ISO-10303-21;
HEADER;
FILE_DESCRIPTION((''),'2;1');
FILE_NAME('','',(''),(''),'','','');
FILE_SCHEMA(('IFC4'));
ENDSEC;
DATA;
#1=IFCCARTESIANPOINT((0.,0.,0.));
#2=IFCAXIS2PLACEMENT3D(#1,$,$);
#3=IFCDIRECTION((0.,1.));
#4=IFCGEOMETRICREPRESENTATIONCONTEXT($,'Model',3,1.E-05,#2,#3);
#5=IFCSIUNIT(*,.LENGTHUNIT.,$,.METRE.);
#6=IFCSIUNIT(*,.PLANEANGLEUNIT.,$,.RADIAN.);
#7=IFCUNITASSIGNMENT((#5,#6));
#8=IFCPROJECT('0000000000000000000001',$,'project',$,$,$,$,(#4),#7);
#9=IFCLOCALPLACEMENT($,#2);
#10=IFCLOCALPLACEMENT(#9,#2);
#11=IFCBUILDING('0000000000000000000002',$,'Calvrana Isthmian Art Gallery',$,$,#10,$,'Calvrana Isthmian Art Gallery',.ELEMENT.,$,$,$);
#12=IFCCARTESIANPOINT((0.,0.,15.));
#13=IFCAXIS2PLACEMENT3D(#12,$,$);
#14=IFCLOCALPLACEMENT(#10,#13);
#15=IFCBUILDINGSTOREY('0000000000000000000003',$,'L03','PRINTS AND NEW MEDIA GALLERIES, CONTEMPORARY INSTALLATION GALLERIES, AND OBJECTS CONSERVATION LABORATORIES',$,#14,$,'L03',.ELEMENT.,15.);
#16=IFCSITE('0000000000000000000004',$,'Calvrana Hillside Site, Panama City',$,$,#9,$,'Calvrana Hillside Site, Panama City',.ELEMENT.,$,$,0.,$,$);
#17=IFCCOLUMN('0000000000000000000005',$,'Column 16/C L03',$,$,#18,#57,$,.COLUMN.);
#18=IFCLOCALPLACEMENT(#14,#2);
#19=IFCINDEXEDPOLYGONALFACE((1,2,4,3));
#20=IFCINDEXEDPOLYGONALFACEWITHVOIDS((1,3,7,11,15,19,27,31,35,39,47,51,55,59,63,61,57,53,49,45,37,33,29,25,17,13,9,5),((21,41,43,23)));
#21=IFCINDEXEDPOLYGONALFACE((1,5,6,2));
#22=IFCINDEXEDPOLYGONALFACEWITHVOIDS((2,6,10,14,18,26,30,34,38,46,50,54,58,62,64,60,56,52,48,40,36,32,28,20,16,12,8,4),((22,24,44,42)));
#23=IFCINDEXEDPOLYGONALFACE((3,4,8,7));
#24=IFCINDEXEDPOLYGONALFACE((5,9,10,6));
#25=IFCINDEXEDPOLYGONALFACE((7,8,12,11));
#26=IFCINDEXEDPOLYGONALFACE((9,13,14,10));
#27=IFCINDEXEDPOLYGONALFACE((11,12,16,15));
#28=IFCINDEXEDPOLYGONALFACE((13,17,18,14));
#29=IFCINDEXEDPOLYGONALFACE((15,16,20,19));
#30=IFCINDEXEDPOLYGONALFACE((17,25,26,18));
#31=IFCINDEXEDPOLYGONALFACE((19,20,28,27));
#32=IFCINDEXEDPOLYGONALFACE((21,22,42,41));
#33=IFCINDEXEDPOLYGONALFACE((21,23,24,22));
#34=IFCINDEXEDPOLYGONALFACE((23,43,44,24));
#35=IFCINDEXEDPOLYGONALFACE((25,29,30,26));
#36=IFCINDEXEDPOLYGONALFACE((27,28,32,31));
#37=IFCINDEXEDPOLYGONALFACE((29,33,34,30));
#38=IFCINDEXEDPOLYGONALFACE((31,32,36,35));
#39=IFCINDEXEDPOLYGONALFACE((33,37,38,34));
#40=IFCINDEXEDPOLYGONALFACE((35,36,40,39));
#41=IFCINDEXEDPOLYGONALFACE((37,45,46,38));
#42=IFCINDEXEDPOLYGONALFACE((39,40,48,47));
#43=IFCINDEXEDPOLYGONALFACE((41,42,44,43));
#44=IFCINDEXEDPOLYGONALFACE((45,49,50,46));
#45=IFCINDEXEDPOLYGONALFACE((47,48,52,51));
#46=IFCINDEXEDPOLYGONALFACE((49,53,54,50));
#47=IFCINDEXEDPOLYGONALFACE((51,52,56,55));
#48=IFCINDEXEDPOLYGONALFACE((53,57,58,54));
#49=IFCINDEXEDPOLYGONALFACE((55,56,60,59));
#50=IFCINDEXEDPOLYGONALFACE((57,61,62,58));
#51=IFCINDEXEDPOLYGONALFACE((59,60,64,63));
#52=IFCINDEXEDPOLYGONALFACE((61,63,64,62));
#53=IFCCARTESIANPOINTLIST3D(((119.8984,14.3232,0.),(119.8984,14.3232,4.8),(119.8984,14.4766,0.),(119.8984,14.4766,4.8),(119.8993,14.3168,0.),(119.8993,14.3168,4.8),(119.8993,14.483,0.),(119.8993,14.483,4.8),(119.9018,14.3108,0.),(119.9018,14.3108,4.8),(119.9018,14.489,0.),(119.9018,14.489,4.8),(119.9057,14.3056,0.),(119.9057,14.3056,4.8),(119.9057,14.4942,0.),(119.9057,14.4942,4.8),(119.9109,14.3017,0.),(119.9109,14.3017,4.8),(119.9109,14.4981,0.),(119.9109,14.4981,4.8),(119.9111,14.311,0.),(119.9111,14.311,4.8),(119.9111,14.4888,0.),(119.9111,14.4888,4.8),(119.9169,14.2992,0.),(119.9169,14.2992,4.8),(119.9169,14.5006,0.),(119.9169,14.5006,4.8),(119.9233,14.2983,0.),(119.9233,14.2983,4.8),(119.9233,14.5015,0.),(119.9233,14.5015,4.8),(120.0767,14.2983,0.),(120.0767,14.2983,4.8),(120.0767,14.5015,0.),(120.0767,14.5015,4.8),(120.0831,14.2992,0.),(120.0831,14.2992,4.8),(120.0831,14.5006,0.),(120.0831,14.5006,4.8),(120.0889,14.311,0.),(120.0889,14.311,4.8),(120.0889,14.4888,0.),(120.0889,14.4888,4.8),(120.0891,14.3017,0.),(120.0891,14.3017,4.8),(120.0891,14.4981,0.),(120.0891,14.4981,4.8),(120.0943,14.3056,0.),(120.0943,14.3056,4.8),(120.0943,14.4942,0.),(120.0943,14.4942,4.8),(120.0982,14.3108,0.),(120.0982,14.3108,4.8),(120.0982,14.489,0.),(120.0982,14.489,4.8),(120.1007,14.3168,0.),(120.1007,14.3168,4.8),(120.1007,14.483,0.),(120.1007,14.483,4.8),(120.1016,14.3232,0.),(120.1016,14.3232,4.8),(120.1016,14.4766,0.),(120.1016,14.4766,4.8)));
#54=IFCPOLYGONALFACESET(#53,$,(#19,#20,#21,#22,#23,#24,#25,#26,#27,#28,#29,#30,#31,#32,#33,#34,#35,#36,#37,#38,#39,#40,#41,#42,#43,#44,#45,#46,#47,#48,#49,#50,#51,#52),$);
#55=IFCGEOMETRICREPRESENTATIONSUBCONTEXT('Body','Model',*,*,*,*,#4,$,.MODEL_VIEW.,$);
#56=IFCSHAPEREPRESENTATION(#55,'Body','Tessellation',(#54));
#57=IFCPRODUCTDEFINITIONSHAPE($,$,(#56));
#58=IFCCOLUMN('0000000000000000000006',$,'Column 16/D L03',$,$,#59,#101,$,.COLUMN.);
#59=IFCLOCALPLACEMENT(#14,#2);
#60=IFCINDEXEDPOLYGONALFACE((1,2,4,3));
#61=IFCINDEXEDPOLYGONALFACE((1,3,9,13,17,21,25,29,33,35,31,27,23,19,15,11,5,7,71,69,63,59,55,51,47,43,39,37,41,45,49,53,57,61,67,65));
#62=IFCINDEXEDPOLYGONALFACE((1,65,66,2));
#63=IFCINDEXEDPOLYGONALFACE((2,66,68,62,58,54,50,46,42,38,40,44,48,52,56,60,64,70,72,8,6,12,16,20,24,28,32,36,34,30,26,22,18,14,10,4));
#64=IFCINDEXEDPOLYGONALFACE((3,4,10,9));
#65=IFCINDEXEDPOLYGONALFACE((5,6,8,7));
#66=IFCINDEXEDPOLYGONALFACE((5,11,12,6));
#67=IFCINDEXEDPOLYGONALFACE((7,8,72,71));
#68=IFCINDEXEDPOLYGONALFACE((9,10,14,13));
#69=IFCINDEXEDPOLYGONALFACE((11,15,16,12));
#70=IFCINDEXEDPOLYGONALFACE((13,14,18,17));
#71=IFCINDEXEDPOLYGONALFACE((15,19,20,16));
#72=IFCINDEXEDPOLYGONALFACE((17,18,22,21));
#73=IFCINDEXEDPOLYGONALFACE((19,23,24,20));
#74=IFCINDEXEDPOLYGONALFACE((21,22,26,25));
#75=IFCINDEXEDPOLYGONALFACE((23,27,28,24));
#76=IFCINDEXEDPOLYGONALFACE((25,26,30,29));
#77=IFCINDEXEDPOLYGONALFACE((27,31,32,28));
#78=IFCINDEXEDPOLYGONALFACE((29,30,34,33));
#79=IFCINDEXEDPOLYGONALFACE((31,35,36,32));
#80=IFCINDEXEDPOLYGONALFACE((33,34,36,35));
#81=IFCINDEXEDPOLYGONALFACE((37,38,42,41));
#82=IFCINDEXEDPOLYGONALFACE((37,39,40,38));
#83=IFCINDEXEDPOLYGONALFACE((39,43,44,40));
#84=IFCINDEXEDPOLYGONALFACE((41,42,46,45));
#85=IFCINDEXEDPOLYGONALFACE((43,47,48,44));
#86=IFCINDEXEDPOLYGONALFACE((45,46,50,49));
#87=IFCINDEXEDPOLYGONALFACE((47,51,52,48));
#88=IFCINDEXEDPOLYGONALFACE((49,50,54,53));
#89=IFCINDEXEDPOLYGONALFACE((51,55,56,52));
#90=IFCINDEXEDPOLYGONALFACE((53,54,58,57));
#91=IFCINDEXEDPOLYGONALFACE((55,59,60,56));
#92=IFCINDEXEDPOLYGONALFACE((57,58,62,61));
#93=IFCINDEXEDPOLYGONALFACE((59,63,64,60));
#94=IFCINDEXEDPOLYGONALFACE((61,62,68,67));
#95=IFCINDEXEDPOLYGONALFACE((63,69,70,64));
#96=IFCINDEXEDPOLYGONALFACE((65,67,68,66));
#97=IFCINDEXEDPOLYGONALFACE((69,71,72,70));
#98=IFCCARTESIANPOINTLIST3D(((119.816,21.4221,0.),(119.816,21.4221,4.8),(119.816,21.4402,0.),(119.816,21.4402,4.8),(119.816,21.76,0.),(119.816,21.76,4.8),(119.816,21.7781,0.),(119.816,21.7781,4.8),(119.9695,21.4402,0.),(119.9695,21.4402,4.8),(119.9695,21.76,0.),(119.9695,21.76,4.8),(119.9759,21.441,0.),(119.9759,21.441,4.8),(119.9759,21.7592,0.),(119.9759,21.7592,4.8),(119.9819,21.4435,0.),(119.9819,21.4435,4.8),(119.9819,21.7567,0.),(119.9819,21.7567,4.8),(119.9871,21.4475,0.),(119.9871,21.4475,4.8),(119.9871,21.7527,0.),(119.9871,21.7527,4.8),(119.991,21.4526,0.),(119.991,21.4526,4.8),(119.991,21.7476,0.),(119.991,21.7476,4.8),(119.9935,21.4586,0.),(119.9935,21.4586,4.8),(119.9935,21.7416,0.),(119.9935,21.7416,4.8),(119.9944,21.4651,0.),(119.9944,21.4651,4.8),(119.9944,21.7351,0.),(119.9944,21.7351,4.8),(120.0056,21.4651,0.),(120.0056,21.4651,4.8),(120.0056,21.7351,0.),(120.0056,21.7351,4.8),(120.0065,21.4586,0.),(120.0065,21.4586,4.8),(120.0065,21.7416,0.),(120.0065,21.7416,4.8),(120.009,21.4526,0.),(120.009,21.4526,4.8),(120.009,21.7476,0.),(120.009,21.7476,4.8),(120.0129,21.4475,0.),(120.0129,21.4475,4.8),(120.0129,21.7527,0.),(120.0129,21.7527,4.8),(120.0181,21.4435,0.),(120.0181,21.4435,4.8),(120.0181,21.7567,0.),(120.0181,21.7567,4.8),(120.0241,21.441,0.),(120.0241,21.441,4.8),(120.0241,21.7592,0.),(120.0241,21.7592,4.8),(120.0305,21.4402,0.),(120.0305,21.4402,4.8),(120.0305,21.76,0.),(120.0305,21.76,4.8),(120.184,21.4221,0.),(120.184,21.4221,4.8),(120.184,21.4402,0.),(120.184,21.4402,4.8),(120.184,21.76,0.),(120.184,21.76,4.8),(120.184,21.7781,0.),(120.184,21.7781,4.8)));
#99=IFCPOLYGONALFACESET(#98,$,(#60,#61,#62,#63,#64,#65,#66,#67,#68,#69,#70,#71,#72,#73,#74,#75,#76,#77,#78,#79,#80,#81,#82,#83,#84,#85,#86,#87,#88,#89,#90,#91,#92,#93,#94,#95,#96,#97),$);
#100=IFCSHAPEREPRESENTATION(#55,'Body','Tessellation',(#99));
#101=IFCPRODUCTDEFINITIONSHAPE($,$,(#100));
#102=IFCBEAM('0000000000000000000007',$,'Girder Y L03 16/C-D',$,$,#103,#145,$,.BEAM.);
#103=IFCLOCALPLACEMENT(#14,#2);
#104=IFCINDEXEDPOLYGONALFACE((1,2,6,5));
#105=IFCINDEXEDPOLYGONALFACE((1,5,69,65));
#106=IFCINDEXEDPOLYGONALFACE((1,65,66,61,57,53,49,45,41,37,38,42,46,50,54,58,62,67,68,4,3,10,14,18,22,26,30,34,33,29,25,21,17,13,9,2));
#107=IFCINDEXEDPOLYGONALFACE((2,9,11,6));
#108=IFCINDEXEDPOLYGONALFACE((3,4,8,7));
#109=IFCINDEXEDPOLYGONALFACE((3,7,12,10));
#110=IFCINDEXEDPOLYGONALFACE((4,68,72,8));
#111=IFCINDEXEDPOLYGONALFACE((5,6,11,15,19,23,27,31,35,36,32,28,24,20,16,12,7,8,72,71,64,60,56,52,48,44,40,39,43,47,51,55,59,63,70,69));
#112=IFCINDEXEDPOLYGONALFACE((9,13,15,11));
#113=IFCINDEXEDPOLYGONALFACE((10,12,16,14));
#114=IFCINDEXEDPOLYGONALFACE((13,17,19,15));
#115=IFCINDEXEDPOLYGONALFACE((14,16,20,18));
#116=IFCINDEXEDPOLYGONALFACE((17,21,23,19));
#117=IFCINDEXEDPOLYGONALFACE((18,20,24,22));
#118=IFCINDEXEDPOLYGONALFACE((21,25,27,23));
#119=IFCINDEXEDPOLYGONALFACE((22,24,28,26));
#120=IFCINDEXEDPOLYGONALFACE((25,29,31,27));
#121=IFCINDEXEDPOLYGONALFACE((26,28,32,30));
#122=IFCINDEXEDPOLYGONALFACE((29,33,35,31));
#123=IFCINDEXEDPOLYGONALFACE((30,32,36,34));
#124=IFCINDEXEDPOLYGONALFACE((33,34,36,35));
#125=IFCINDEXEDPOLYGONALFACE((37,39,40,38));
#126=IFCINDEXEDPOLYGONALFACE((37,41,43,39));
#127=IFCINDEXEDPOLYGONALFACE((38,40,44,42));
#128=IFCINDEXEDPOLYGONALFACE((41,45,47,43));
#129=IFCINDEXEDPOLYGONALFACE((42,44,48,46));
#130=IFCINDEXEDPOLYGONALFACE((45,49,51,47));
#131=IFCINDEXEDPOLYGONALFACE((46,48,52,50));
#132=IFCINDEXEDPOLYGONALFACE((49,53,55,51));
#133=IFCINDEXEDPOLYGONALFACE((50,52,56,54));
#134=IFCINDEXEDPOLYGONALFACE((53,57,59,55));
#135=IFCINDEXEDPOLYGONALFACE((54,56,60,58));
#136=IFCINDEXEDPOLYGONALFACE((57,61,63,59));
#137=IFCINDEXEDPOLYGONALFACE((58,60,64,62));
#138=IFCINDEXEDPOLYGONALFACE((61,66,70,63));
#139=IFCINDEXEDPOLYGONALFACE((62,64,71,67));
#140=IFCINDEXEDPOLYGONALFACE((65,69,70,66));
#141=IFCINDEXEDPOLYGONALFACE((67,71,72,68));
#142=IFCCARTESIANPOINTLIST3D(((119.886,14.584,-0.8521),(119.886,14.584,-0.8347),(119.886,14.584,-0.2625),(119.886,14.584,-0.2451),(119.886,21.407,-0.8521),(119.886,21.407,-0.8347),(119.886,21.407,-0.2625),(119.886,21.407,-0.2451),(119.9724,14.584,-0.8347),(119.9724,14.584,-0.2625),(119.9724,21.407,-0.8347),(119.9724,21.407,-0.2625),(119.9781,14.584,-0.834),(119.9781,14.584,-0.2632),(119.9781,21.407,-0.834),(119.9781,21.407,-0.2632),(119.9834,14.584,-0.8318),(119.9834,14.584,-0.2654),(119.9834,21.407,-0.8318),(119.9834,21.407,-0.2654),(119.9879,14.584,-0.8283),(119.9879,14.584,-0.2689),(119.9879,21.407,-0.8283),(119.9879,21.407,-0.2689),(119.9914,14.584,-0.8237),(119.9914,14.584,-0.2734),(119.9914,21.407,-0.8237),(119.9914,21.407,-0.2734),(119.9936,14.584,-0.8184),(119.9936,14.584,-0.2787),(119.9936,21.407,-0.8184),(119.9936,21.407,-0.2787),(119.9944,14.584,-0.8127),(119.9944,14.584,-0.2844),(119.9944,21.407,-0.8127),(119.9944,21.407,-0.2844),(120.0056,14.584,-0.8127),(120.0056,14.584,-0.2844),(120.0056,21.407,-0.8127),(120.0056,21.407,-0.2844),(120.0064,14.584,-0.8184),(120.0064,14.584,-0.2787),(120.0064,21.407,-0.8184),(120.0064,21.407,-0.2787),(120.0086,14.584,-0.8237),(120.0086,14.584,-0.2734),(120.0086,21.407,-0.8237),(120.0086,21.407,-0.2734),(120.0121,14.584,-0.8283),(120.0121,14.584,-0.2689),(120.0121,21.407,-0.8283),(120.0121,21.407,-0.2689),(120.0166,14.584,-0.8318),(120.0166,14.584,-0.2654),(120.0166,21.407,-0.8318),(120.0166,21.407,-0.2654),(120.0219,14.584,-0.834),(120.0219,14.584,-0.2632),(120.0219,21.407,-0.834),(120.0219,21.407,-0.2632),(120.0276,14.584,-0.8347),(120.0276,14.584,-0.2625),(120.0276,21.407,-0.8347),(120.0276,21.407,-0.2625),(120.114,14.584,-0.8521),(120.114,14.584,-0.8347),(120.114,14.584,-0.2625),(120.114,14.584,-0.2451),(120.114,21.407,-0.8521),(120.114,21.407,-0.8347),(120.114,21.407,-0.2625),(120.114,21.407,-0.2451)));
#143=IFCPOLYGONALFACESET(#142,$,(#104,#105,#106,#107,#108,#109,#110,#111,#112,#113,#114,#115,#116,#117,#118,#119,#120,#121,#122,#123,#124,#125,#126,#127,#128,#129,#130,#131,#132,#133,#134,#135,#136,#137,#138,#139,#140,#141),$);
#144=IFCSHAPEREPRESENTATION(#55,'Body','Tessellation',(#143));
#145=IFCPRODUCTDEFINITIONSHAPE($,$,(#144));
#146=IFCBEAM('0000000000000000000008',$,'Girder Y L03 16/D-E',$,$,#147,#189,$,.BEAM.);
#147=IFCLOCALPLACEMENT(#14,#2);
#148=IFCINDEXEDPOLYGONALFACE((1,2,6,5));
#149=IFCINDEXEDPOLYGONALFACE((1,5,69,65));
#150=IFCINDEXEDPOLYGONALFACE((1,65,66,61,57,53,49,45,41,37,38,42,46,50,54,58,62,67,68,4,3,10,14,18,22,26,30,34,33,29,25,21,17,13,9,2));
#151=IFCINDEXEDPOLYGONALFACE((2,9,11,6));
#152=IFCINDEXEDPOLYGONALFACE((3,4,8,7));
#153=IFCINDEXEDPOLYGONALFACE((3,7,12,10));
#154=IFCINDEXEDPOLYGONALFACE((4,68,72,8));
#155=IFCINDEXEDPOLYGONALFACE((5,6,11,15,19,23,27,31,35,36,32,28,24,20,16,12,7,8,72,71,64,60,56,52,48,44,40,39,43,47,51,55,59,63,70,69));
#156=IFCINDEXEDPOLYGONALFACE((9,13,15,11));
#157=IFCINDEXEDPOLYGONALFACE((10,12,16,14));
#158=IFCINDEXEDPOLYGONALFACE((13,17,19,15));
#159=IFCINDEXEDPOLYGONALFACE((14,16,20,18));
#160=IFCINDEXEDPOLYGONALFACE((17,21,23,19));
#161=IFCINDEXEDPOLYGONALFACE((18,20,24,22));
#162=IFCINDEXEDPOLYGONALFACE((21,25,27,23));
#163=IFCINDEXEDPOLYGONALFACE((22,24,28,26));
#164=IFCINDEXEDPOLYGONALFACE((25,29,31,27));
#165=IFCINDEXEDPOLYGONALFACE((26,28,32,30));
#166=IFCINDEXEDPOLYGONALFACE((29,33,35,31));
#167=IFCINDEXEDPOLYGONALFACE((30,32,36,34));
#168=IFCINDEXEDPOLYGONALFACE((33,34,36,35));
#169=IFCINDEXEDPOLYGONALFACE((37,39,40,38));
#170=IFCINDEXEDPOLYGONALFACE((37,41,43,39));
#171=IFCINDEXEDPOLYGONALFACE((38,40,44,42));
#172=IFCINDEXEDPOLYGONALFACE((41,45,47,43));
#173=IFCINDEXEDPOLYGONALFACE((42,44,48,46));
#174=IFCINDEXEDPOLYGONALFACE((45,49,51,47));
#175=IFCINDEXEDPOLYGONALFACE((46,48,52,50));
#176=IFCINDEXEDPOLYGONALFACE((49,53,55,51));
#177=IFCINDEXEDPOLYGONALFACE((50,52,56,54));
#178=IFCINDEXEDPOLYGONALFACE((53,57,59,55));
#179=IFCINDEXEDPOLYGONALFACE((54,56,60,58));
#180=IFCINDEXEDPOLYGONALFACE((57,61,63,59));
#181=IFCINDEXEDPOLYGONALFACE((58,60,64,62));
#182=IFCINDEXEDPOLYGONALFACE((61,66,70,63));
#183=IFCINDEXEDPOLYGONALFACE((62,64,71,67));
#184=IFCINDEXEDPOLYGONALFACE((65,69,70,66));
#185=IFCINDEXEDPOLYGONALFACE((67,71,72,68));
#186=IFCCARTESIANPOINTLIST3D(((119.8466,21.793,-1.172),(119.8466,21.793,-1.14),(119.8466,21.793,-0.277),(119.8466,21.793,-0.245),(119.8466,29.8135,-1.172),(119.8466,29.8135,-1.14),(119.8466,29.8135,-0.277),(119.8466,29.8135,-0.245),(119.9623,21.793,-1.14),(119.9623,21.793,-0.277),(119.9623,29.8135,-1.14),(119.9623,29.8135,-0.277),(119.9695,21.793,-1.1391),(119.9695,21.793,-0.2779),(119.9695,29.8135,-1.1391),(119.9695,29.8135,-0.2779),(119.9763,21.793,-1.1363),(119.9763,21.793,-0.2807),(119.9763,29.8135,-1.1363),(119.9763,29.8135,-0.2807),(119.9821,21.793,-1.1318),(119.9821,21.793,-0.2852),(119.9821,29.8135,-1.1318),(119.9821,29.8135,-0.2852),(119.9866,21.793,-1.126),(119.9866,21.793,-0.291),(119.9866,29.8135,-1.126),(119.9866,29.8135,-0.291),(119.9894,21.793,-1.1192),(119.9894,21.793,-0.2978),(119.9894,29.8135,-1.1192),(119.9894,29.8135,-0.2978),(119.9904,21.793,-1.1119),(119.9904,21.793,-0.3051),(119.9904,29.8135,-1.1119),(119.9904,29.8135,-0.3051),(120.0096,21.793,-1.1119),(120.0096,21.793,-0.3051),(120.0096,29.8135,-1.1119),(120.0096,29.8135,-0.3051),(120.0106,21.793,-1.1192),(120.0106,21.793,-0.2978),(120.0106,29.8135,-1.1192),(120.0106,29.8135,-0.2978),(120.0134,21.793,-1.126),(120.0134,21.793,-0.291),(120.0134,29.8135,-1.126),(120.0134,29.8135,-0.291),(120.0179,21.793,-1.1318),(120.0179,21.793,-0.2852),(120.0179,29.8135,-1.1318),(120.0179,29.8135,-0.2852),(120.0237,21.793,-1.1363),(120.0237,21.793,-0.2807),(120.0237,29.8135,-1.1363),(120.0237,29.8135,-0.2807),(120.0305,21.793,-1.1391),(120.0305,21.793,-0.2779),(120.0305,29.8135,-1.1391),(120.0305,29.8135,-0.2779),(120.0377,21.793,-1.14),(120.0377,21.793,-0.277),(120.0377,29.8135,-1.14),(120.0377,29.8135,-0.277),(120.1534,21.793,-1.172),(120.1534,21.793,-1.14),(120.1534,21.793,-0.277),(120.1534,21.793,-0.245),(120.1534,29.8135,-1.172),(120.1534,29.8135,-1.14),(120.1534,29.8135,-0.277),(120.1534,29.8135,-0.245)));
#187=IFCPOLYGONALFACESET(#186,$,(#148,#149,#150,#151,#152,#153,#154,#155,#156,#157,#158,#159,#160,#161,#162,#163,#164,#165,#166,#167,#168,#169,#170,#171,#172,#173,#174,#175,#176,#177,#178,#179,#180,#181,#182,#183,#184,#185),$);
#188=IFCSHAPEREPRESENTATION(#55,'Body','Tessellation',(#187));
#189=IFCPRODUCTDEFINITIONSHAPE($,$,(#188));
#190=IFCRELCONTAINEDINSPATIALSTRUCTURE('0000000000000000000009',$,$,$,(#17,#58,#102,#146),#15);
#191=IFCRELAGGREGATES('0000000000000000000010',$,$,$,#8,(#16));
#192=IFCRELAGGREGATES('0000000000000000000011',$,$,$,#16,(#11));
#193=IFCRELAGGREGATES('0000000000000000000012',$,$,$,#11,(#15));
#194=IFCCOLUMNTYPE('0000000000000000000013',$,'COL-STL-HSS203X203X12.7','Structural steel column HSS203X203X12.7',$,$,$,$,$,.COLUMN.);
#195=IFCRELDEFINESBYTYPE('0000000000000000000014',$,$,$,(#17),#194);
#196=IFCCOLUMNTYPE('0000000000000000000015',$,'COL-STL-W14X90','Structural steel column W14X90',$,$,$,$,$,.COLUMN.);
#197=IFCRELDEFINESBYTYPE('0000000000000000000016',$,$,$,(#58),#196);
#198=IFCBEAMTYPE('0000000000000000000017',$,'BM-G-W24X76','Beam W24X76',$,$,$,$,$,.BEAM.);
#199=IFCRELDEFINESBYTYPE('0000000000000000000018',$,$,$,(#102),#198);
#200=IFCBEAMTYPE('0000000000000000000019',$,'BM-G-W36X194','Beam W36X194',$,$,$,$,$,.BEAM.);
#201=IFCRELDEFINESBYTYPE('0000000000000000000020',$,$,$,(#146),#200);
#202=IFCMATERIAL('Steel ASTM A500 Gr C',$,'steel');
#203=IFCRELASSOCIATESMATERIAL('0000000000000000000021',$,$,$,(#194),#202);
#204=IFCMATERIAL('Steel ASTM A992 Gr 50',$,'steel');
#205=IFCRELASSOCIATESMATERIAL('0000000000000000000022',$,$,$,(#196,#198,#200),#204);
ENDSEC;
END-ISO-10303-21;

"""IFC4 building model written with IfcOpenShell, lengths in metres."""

from ifc_helpers import new_model, si_unit, direction, frame, origin, origin_2d, place, context, subcontext, project, spatial, hollow_rectangle, i_section, extrude, material, material_profile, profile_set, type_object, element, save


model = new_model("IFC4")

# Units and contexts
model_context = context("Model", 3, precision=1e-05, world=origin(), true_north=direction((0.0, 1.0)))
body_context = subcontext(model_context, "Body", "Model", "MODEL_VIEW")
ifc_project = project(units=[si_unit("LENGTHUNIT", "METRE"), si_unit("PLANEANGLEUNIT", "RADIAN")], contexts=[model_context])

# Site, building, storey
site_placement = place(None, origin())
site = spatial("IfcSite", under=ifc_project, at=site_placement, Name="Calvrana Hillside Site, Panama City", LongName="Calvrana Hillside Site, Panama City", CompositionType="ELEMENT", RefElevation=0.0)
building_placement = place(site_placement, origin())
building = spatial("IfcBuilding", under=site, at=building_placement, Name="Calvrana Isthmian Art Gallery", LongName="Calvrana Isthmian Art Gallery", CompositionType="ELEMENT")
storey_placement = place(building_placement, frame((0.0, 0.0, 15.0)))
storey = spatial("IfcBuildingStorey", under=building, at=storey_placement, Name="L03", Description="PRINTS AND NEW MEDIA GALLERIES, CONTEMPORARY INSTALLATION GALLERIES, AND OBJECTS CONSERVATION LABORATORIES", LongName="L03", CompositionType="ELEMENT", Elevation=15.0)

# Columns
ifc_material_1 = material(Name="Steel ASTM A500 Gr C", Category="steel")
ifc_material_profile_1 = material_profile(ifc_material_1, hollow_rectangle(XDim=0.2031, YDim=0.2031, WallThickness=0.0127, OuterFilletRadius=0.0249, at=origin_2d()), Name="HSS203X203X12.7")
ifc_profile_set_1 = profile_set([ifc_material_profile_1], Name="Steel ASTM A500 Gr C")
column_type_1 = type_object("IfcColumnType", Name="COL-STL-HSS203X203X12.7", Description="Structural steel column HSS203X203X12.7", PredefinedType="COLUMN", material=ifc_profile_set_1)
column_1_placement = place(storey_placement, frame((120.0, 14.3999, 0.0), z_axis=(0.0, 0.0, 1.0), x_axis=(1.0, 0.0, 0.0)))
element("IfcColumn", 1, at=column_1_placement, inside=storey, type_object=column_type_1, Name="Column 16/C L03", PredefinedType="COLUMN", context=body_context, shape_type="SweptSolid", body=[
    extrude(hollow_rectangle(XDim=0.2031, YDim=0.2031, WallThickness=0.0127, OuterFilletRadius=0.0249, at=origin_2d()), origin(), (0.0, 0.0, 1.0), 4.8),
])
ifc_material_2 = material(Name="Steel ASTM A992 Gr 50", Category="steel")
ifc_material_profile_2 = material_profile(ifc_material_2, i_section(OverallWidth=0.3679, OverallDepth=0.356, WebThickness=0.0112, FlangeThickness=0.0181, FilletRadius=0.0249, at=origin_2d()), Name="W14X90")
ifc_profile_set_2 = profile_set([ifc_material_profile_2], Name="Steel ASTM A992 Gr 50")
column_type_2 = type_object("IfcColumnType", Name="COL-STL-W14X90", Description="Structural steel column W14X90", PredefinedType="COLUMN", material=ifc_profile_set_2)
column_2_placement = place(storey_placement, frame((120.0, 21.6001, 0.0), z_axis=(0.0, 0.0, 1.0), x_axis=(1.0, 0.0, 0.0)))
element("IfcColumn", 2, at=column_2_placement, inside=storey, type_object=column_type_2, Name="Column 16/D L03", PredefinedType="COLUMN", context=body_context, shape_type="SweptSolid", body=[
    extrude(i_section(OverallWidth=0.3679, OverallDepth=0.356, WebThickness=0.0112, FlangeThickness=0.0181, FilletRadius=0.0249, at=origin_2d()), origin(), (0.0, 0.0, 1.0), 4.8),
])

# Beams
ifc_material_profile_3 = material_profile(ifc_material_2, i_section(OverallWidth=0.228, OverallDepth=0.6069, WebThickness=0.0112, FlangeThickness=0.0173, FilletRadius=0.022, at=origin_2d()), Name="W24X76")
ifc_profile_set_3 = profile_set([ifc_material_profile_3], Name="Steel ASTM A992 Gr 50")
beam_type_1 = type_object("IfcBeamType", Name="BM-G-W24X76", Description="Beam W24X76", PredefinedType="BEAM", material=ifc_profile_set_3)
beam_1_placement = place(storey_placement, frame((120.0, 14.584, -0.5486), z_axis=(0.0, 1.0, 0.0), x_axis=(-1.0, 0.0, 0.0)))
element("IfcBeam", 3, at=beam_1_placement, inside=storey, type_object=beam_type_1, Name="Girder Y L03 16/C-D", PredefinedType="BEAM", context=body_context, shape_type="SweptSolid", body=[
    extrude(i_section(OverallWidth=0.228, OverallDepth=0.6069, WebThickness=0.0112, FlangeThickness=0.0173, FilletRadius=0.022, at=origin_2d()), origin(), (0.0, 0.0, 1.0), 6.823),
])
ifc_material_profile_4 = material_profile(ifc_material_2, i_section(OverallWidth=0.3069, OverallDepth=0.927, WebThickness=0.0193, FlangeThickness=0.032, FilletRadius=0.0281, at=origin_2d()), Name="W36X194")
ifc_profile_set_4 = profile_set([ifc_material_profile_4], Name="Steel ASTM A992 Gr 50")
beam_type_2 = type_object("IfcBeamType", Name="BM-G-W36X194", Description="Beam W36X194", PredefinedType="BEAM", material=ifc_profile_set_4)
beam_2_placement = place(storey_placement, frame((120.0, 21.793, -0.7085), z_axis=(0.0, 1.0, 0.0), x_axis=(-1.0, 0.0, 0.0)))
element("IfcBeam", 4, at=beam_2_placement, inside=storey, type_object=beam_type_2, Name="Girder Y L03 16/D-E", PredefinedType="BEAM", context=body_context, shape_type="SweptSolid", body=[
    extrude(i_section(OverallWidth=0.3069, OverallDepth=0.927, WebThickness=0.0193, FlangeThickness=0.032, FilletRadius=0.0281, at=origin_2d()), origin(), (0.0, 0.0, 1.0), 8.0205),
])

save(model, "model.ifc")
